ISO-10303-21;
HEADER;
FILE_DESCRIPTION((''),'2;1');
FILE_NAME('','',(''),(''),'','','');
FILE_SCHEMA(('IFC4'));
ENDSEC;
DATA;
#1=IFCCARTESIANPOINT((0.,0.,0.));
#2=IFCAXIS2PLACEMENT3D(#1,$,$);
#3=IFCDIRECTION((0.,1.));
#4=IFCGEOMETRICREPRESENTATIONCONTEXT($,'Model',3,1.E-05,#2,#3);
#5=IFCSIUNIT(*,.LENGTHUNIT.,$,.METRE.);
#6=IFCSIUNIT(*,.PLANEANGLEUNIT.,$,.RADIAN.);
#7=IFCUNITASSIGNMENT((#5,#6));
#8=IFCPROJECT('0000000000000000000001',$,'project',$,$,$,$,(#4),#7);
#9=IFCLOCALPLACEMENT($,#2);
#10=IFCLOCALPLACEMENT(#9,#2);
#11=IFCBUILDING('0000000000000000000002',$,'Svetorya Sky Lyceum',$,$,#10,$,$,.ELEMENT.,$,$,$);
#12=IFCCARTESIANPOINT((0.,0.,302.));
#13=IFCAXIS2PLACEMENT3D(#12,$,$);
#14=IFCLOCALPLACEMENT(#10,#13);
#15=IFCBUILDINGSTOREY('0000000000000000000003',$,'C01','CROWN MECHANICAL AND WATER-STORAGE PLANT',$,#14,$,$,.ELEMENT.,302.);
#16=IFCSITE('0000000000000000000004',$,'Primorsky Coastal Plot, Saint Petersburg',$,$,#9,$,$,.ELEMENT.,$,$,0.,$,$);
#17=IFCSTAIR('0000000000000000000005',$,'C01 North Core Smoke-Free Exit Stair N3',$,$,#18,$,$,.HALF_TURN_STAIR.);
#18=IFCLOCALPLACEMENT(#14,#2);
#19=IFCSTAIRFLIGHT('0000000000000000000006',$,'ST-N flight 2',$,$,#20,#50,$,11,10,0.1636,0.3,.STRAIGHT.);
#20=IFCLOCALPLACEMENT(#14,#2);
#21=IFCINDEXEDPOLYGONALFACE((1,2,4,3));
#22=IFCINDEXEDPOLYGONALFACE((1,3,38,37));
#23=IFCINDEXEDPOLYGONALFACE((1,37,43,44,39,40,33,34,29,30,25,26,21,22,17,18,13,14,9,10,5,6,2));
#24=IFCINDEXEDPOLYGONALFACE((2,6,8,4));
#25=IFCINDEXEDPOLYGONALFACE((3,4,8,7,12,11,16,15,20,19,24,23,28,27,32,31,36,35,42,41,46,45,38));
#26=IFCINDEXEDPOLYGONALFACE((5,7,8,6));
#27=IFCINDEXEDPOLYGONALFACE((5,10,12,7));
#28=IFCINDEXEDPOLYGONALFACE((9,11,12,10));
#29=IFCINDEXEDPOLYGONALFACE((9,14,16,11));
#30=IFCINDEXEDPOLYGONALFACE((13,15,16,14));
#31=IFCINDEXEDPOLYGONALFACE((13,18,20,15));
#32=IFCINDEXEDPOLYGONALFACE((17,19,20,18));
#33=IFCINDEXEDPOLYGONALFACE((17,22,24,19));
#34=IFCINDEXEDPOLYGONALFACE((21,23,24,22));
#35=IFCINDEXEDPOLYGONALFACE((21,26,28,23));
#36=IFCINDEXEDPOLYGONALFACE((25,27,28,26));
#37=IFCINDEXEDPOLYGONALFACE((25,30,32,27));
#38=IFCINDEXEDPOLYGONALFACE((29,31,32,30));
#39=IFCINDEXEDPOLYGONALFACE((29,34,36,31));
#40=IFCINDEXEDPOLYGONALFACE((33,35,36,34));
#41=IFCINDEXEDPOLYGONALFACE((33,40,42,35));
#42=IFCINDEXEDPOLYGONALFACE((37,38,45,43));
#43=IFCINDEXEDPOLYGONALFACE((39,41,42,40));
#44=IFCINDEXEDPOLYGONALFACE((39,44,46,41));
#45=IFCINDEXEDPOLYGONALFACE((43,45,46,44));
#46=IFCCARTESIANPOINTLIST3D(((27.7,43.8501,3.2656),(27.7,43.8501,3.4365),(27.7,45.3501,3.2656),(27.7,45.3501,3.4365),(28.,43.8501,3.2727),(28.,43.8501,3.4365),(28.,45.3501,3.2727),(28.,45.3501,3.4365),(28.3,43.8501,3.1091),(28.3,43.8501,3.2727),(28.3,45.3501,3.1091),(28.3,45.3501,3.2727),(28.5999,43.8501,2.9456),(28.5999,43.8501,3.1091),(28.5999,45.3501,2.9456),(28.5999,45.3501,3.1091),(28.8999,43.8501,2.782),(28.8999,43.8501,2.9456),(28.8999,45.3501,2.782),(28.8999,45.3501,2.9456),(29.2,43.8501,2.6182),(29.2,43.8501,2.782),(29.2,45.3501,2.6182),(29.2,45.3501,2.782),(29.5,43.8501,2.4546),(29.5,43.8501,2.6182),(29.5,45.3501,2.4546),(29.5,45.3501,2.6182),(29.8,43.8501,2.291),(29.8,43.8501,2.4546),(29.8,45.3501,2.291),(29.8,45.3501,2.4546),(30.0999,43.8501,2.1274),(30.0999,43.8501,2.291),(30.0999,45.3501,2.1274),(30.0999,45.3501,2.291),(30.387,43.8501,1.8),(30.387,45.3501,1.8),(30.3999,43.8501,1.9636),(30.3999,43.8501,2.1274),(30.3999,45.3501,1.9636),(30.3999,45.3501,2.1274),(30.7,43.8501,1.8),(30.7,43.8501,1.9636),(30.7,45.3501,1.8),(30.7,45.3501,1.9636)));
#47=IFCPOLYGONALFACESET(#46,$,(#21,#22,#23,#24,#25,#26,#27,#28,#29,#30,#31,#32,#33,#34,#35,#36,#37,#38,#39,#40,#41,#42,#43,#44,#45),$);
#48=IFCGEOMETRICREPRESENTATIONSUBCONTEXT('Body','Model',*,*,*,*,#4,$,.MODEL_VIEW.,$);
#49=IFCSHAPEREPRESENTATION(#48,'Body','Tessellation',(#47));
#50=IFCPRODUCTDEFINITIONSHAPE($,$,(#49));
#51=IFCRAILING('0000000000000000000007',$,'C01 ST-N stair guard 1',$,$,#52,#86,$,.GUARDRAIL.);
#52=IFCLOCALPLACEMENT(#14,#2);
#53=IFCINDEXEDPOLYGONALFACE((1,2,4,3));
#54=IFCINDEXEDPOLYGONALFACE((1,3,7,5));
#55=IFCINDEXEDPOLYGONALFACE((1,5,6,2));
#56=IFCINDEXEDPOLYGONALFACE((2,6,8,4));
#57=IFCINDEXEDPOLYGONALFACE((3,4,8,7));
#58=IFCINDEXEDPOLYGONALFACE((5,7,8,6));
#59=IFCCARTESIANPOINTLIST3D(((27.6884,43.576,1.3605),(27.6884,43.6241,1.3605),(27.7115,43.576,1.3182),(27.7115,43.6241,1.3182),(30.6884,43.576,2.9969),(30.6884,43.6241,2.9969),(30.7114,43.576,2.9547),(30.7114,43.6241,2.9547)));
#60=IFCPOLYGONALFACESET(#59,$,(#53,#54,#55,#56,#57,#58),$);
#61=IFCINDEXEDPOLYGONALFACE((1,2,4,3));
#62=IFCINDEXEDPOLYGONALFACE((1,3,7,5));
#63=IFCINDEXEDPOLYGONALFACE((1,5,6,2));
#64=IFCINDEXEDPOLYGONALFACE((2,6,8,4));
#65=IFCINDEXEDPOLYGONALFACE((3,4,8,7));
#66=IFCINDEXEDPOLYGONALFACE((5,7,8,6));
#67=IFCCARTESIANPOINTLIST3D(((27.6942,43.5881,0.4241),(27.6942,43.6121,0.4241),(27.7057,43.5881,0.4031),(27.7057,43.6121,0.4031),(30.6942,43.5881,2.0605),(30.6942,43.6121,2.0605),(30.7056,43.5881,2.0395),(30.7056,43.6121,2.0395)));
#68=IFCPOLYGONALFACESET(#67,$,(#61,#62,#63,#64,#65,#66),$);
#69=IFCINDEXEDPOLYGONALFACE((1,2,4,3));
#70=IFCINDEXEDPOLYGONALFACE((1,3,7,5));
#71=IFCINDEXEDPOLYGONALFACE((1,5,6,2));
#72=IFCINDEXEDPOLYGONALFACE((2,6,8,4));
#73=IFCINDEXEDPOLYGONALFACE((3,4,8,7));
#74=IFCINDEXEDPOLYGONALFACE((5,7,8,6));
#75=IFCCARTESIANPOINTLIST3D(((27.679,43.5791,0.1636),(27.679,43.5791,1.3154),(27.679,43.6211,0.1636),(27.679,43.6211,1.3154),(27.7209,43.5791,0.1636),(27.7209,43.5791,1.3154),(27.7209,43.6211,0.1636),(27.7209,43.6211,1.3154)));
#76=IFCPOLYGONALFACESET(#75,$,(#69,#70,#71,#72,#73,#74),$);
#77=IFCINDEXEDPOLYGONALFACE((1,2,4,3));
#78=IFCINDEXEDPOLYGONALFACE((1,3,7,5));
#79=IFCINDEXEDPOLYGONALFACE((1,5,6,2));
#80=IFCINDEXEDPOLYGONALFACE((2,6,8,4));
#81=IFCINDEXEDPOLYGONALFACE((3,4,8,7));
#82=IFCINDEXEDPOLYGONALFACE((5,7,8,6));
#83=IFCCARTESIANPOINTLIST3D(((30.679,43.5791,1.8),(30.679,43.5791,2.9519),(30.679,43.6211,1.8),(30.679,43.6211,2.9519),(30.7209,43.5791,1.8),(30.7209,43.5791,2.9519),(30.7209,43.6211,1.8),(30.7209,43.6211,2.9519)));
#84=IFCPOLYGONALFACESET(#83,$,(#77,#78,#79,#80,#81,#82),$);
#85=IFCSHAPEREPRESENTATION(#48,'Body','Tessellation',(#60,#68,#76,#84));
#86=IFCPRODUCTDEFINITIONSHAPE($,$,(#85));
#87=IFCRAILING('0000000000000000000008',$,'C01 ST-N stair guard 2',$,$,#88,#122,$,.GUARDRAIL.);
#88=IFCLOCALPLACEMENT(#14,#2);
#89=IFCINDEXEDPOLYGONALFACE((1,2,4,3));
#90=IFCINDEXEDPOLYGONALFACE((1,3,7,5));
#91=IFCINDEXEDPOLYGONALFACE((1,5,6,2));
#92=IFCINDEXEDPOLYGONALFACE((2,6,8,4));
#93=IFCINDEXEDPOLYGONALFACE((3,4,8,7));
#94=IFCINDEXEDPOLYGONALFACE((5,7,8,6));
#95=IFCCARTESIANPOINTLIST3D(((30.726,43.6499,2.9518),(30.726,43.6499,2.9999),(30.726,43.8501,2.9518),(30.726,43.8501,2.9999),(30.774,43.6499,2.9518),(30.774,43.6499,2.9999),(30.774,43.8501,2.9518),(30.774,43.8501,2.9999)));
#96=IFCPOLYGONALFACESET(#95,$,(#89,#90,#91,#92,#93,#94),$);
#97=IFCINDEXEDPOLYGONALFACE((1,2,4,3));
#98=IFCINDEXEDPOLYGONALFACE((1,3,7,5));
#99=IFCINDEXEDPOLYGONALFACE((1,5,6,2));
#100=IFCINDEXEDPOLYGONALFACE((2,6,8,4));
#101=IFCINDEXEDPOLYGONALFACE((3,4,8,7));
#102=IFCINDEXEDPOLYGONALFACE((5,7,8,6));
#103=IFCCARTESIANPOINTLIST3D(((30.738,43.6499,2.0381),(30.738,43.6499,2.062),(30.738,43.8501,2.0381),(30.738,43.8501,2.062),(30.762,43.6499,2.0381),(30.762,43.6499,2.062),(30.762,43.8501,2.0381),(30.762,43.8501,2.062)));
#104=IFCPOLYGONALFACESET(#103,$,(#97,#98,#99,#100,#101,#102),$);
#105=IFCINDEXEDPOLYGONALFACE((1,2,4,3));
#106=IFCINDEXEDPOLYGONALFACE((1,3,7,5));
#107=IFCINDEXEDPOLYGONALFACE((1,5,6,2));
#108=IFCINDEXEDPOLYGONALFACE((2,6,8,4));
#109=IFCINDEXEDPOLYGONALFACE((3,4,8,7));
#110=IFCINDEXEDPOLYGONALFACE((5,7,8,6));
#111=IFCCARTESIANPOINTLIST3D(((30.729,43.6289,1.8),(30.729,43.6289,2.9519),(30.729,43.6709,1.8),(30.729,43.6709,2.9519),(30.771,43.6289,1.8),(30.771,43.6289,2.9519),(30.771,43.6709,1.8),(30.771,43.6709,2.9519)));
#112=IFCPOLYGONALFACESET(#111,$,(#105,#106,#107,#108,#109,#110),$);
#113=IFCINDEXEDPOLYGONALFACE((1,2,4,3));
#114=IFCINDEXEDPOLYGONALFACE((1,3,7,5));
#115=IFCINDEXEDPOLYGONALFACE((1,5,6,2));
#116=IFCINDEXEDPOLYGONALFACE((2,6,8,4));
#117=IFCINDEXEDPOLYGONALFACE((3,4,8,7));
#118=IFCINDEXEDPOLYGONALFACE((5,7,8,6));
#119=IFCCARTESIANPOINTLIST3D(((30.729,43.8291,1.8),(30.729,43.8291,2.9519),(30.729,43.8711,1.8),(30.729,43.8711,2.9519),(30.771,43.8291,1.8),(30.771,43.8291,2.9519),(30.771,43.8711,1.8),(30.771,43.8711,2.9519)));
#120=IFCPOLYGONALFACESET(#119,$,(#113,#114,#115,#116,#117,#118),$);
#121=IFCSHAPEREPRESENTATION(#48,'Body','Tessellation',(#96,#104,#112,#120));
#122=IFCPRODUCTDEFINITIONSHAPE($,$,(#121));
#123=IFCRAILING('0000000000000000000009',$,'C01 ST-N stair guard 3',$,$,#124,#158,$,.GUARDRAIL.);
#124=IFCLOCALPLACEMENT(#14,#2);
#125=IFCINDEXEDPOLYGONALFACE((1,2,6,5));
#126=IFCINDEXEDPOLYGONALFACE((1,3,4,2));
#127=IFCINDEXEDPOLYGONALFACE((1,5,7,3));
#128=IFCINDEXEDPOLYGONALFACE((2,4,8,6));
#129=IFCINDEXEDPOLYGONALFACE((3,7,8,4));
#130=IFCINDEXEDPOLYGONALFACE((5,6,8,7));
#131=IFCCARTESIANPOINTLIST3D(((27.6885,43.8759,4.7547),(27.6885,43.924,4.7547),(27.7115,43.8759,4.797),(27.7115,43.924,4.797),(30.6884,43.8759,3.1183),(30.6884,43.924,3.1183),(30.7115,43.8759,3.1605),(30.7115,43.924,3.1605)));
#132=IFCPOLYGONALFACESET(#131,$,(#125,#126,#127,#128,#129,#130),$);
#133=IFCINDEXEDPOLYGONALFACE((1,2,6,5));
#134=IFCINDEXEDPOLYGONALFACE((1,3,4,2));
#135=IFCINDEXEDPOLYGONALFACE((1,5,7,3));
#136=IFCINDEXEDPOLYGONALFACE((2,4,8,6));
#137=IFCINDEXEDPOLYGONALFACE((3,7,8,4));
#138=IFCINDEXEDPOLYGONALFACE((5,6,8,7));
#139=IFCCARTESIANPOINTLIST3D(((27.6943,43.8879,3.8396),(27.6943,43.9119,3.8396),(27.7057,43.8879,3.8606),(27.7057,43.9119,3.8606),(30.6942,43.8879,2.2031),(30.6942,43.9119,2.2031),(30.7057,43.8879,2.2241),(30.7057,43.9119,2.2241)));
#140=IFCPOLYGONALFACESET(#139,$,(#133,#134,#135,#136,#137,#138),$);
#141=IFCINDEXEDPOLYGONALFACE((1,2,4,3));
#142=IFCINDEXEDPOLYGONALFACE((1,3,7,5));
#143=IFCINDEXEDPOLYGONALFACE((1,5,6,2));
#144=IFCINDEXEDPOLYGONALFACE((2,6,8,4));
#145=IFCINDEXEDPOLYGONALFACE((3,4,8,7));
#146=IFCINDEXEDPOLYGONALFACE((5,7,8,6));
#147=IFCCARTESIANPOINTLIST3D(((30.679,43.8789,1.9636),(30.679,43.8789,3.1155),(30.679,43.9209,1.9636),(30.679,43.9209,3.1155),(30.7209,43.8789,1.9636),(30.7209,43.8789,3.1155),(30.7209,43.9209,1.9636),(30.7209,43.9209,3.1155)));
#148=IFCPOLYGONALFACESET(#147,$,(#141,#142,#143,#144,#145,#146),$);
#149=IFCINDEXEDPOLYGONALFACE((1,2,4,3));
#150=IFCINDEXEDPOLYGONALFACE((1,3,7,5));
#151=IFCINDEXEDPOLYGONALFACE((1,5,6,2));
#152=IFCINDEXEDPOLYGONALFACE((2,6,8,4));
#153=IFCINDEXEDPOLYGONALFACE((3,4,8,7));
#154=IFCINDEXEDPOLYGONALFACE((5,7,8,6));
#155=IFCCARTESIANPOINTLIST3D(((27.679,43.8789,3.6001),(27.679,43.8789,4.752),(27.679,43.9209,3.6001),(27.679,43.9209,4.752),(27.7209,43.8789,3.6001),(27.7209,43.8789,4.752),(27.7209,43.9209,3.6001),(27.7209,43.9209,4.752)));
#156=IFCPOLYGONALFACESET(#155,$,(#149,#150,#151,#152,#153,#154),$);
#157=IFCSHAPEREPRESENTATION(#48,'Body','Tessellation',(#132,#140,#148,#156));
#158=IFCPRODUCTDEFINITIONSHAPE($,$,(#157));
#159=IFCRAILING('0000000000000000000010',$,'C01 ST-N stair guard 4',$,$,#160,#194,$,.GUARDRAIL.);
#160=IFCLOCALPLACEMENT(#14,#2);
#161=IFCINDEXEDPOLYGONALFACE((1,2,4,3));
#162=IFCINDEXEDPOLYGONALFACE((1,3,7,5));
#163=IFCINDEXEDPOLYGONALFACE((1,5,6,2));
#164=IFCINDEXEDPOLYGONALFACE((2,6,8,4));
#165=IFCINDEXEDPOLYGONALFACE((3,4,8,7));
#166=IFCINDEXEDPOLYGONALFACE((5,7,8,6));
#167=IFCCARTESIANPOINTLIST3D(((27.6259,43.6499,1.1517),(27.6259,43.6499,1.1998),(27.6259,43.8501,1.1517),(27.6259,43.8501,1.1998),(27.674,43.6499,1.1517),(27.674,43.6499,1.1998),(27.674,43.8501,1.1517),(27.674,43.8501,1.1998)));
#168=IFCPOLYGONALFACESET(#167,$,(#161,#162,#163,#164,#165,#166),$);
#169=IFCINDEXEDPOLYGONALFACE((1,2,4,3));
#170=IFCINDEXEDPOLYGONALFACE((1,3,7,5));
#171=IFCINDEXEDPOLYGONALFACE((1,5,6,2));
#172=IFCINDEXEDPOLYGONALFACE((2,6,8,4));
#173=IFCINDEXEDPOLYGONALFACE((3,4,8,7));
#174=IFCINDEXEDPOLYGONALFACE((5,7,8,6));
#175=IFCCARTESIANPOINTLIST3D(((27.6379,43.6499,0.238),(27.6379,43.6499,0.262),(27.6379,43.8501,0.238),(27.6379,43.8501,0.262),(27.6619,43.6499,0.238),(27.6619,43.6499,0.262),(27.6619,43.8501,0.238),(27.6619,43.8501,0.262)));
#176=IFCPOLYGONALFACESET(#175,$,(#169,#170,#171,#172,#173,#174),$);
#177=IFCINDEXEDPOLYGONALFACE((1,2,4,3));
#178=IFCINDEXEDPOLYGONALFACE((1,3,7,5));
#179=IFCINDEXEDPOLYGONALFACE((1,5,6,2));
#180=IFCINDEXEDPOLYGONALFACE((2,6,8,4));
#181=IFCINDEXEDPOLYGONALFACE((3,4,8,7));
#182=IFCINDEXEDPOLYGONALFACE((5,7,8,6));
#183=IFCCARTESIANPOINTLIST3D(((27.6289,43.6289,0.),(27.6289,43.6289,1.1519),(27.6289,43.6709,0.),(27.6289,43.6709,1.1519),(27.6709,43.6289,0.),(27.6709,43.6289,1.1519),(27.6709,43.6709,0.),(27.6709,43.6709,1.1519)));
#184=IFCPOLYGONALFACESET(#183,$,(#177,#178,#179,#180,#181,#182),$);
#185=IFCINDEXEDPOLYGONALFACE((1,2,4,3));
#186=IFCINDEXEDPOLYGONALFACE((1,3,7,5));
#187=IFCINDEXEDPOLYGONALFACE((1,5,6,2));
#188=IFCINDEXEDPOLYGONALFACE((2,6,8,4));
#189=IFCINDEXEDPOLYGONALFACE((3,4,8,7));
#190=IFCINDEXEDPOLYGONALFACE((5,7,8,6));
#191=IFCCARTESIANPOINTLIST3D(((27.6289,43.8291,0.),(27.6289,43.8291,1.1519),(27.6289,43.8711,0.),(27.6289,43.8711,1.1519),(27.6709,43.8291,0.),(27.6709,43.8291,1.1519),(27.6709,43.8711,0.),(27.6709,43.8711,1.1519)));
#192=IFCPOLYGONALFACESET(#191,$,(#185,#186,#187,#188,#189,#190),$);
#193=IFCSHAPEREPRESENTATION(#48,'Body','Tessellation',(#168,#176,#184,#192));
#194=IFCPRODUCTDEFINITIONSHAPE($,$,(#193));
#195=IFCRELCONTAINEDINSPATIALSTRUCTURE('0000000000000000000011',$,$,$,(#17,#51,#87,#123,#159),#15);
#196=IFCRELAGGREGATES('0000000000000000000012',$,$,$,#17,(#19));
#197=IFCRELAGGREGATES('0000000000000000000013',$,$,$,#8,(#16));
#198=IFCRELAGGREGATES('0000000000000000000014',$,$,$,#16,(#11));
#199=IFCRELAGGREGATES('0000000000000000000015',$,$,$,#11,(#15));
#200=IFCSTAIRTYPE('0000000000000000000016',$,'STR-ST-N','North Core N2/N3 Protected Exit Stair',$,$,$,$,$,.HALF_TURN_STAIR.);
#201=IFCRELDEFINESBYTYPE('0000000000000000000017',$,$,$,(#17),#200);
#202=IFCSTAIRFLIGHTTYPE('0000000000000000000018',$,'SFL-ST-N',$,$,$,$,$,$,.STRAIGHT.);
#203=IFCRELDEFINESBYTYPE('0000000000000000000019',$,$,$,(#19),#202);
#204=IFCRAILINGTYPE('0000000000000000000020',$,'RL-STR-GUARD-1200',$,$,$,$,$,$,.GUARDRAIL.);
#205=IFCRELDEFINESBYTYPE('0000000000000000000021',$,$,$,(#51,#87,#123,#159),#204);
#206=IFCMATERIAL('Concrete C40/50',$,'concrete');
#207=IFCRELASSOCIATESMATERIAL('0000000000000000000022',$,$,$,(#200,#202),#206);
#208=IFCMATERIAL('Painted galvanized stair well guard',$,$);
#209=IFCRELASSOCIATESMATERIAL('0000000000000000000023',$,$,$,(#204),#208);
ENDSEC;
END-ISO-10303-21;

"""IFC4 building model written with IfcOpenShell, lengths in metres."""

from ifc_helpers import new_model, si_unit, direction, frame, origin, origin_2d, place, context, subcontext, project, spatial, polyline, rectangle, outline, extrude, material, type_object, element, aggregate, save


model = new_model("IFC4")

# Units and contexts
model_context = context("Model", 3, precision=1e-05, world=origin(), true_north=direction((0.0, 1.0)))
body_context = subcontext(model_context, "Body", "Model", "MODEL_VIEW")
ifc_project = project(units=[si_unit("LENGTHUNIT", "METRE"), si_unit("PLANEANGLEUNIT", "RADIAN")], contexts=[model_context])

# Site, building, storey
site_placement = place(None, origin())
site = spatial("IfcSite", under=ifc_project, at=site_placement, Name="Primorsky Coastal Plot, Saint Petersburg", CompositionType="ELEMENT", RefElevation=0.0)
building_placement = place(site_placement, origin())
building = spatial("IfcBuilding", under=site, at=building_placement, Name="Svetorya Sky Lyceum", CompositionType="ELEMENT")
storey_placement = place(building_placement, frame((0.0, 0.0, 302.0)))
storey = spatial("IfcBuildingStorey", under=building, at=storey_placement, Name="C01", Description="CROWN MECHANICAL AND WATER-STORAGE PLANT", CompositionType="ELEMENT", Elevation=302.0)

# Shared definitions
ifc_material_1 = material(Name="Concrete C40/50", Category="concrete")

# Stair, stair flight
stair_type = type_object("IfcStairType", Name="STR-ST-N", Description="North Core N2/N3 Protected Exit Stair", PredefinedType="HALF_TURN_STAIR", material=ifc_material_1)
stair_placement = place(storey_placement, origin())
stair = element("IfcStair", 1, at=stair_placement, inside=storey, type_object=stair_type, Name="C01 North Core Smoke-Free Exit Stair N3", PredefinedType="HALF_TURN_STAIR")
stair_flight_type = type_object("IfcStairFlightType", Name="SFL-ST-N", PredefinedType="STRAIGHT", material=ifc_material_1)
stair_flight_1_placement = place(storey_placement, frame((30.7, 44.6001, 1.8), z_axis=(0.0, 0.0, 1.0), x_axis=(-1.0, 0.0, 0.0)))
stair_flight_1 = element("IfcStairFlight", 2, at=stair_flight_1_placement, type_object=stair_flight_type, Name="ST-N flight 2", NumberOfRisers=11, NumberOfTreads=10, PredefinedType="STRAIGHT", RiserHeight=0.1636, TreadLength=0.3, context=body_context, shape_type="SweptSolid", body=[
    extrude(outline(polyline([(0.0, 0.0), (0.0, 0.1636), (0.3, 0.1636), (0.3, 0.3274), (0.6001, 0.3274), (0.6001, 0.491), (0.8999, 0.491), (0.8999, 0.6545), (1.2, 0.6545), (1.2, 0.8181), (1.5, 0.8181), (1.5, 0.9819), (1.8, 0.9819), (1.8, 1.1455), (2.1001, 1.1455), (2.1001, 1.3091), (2.3999, 1.3091), (2.3999, 1.4727), (2.7, 1.4727), (2.7, 1.6365), (3.0, 1.6365), (3.0, 1.8), (3.0, 1.4656), (0.313, 0.0), (0.0, 0.0)])), frame((0.0, 0.75, 0.0), z_axis=(0.0, -1.0, 0.0), x_axis=(1.0, 0.0, 0.0)), (0.0, 0.0, 1.0), 1.5),
])
aggregate(stair, [stair_flight_1])

# Railings
ifc_material_2 = material(Name="Painted galvanized stair well guard")
railing_type_1 = type_object("IfcRailingType", Name="RL-STR-GUARD-1200", PredefinedType="GUARDRAIL", material=ifc_material_2)
railing_1_placement = place(storey_placement, frame((27.7, 43.6001, 0.1636)))
element("IfcRailing", 3, at=railing_1_placement, inside=storey, type_object=railing_type_1, Name="C01 ST-N stair guard 1", PredefinedType="GUARDRAIL", context=body_context, shape_type="SweptSolid", body=[
    extrude(rectangle(XDim=0.0481, YDim=0.0481, at=origin_2d()), frame((0.0, 0.0, 1.1758), z_axis=(0.877882, 0.0, 0.478877), x_axis=(0.0, 1.0, 0.0)), (0.0, 0.0, 1.0), 3.4172),
    extrude(rectangle(XDim=0.0239, YDim=0.0239, at=origin_2d()), frame((0.0, 0.0, 0.25), z_axis=(0.877882, 0.0, 0.478877), x_axis=(0.0, 1.0, 0.0)), (0.0, 0.0, 1.0), 3.4172),
    extrude(rectangle(XDim=0.042, YDim=0.042, at=origin_2d()), origin(), (0.0, 0.0, 1.0), 1.1519),
    extrude(rectangle(XDim=0.042, YDim=0.042, at=origin_2d()), frame((3.0, 0.0, 1.6365)), (0.0, 0.0, 1.0), 1.1519),
])
railing_2_placement = place(storey_placement, frame((30.75, 43.6499, 1.8)))
element("IfcRailing", 4, at=railing_2_placement, inside=storey, type_object=railing_type_1, Name="C01 ST-N stair guard 2", PredefinedType="GUARDRAIL", context=body_context, shape_type="SweptSolid", body=[
    extrude(rectangle(XDim=0.0481, YDim=0.0481, at=origin_2d()), frame((0.0, 0.0, 1.1758), z_axis=(0.0, 1.0, 0.0), x_axis=(-1.0, 0.0, 0.0)), (0.0, 0.0, 1.0), 0.2002),
    extrude(rectangle(XDim=0.0239, YDim=0.0239, at=origin_2d()), frame((0.0, 0.0, 0.25), z_axis=(0.0, 1.0, 0.0), x_axis=(-1.0, 0.0, 0.0)), (0.0, 0.0, 1.0), 0.2002),
    extrude(rectangle(XDim=0.042, YDim=0.042, at=origin_2d()), origin(), (0.0, 0.0, 1.0), 1.1519),
    extrude(rectangle(XDim=0.042, YDim=0.042, at=origin_2d()), frame((0.0, 0.2002, 0.0)), (0.0, 0.0, 1.0), 1.1519),
])
railing_3_placement = place(storey_placement, frame((30.7, 43.8999, 1.9636)))
element("IfcRailing", 5, at=railing_3_placement, inside=storey, type_object=railing_type_1, Name="C01 ST-N stair guard 3", PredefinedType="GUARDRAIL", context=body_context, shape_type="SweptSolid", body=[
    extrude(rectangle(XDim=0.0481, YDim=0.0481, at=origin_2d()), frame((0.0, 0.0, 1.1758), z_axis=(-0.877882, 0.0, 0.478877), x_axis=(0.0, -1.0, 0.0)), (0.0, 0.0, 1.0), 3.4172),
    extrude(rectangle(XDim=0.0239, YDim=0.0239, at=origin_2d()), frame((0.0, 0.0, 0.25), z_axis=(-0.877882, 0.0, 0.478877), x_axis=(0.0, -1.0, 0.0)), (0.0, 0.0, 1.0), 3.4172),
    extrude(rectangle(XDim=0.042, YDim=0.042, at=origin_2d()), origin(), (0.0, 0.0, 1.0), 1.1519),
    extrude(rectangle(XDim=0.042, YDim=0.042, at=origin_2d()), frame((-3.0, 0.0, 1.6365)), (0.0, 0.0, 1.0), 1.1519),
])
railing_4_placement = place(storey_placement, frame((27.6499, 43.6499, 0.0)))
element("IfcRailing", 6, at=railing_4_placement, inside=storey, type_object=railing_type_1, Name="C01 ST-N stair guard 4", PredefinedType="GUARDRAIL", context=body_context, shape_type="SweptSolid", body=[
    extrude(rectangle(XDim=0.0481, YDim=0.0481, at=origin_2d()), frame((0.0, 0.0, 1.1758), z_axis=(0.0, 1.0, 0.0), x_axis=(-1.0, 0.0, 0.0)), (0.0, 0.0, 1.0), 0.2002),
    extrude(rectangle(XDim=0.0239, YDim=0.0239, at=origin_2d()), frame((0.0, 0.0, 0.25), z_axis=(0.0, 1.0, 0.0), x_axis=(-1.0, 0.0, 0.0)), (0.0, 0.0, 1.0), 0.2002),
    extrude(rectangle(XDim=0.042, YDim=0.042, at=origin_2d()), origin(), (0.0, 0.0, 1.0), 1.1519),
    extrude(rectangle(XDim=0.042, YDim=0.042, at=origin_2d()), frame((0.0, 0.2002, 0.0)), (0.0, 0.0, 1.0), 1.1519),
])

save(model, "model.ifc")
